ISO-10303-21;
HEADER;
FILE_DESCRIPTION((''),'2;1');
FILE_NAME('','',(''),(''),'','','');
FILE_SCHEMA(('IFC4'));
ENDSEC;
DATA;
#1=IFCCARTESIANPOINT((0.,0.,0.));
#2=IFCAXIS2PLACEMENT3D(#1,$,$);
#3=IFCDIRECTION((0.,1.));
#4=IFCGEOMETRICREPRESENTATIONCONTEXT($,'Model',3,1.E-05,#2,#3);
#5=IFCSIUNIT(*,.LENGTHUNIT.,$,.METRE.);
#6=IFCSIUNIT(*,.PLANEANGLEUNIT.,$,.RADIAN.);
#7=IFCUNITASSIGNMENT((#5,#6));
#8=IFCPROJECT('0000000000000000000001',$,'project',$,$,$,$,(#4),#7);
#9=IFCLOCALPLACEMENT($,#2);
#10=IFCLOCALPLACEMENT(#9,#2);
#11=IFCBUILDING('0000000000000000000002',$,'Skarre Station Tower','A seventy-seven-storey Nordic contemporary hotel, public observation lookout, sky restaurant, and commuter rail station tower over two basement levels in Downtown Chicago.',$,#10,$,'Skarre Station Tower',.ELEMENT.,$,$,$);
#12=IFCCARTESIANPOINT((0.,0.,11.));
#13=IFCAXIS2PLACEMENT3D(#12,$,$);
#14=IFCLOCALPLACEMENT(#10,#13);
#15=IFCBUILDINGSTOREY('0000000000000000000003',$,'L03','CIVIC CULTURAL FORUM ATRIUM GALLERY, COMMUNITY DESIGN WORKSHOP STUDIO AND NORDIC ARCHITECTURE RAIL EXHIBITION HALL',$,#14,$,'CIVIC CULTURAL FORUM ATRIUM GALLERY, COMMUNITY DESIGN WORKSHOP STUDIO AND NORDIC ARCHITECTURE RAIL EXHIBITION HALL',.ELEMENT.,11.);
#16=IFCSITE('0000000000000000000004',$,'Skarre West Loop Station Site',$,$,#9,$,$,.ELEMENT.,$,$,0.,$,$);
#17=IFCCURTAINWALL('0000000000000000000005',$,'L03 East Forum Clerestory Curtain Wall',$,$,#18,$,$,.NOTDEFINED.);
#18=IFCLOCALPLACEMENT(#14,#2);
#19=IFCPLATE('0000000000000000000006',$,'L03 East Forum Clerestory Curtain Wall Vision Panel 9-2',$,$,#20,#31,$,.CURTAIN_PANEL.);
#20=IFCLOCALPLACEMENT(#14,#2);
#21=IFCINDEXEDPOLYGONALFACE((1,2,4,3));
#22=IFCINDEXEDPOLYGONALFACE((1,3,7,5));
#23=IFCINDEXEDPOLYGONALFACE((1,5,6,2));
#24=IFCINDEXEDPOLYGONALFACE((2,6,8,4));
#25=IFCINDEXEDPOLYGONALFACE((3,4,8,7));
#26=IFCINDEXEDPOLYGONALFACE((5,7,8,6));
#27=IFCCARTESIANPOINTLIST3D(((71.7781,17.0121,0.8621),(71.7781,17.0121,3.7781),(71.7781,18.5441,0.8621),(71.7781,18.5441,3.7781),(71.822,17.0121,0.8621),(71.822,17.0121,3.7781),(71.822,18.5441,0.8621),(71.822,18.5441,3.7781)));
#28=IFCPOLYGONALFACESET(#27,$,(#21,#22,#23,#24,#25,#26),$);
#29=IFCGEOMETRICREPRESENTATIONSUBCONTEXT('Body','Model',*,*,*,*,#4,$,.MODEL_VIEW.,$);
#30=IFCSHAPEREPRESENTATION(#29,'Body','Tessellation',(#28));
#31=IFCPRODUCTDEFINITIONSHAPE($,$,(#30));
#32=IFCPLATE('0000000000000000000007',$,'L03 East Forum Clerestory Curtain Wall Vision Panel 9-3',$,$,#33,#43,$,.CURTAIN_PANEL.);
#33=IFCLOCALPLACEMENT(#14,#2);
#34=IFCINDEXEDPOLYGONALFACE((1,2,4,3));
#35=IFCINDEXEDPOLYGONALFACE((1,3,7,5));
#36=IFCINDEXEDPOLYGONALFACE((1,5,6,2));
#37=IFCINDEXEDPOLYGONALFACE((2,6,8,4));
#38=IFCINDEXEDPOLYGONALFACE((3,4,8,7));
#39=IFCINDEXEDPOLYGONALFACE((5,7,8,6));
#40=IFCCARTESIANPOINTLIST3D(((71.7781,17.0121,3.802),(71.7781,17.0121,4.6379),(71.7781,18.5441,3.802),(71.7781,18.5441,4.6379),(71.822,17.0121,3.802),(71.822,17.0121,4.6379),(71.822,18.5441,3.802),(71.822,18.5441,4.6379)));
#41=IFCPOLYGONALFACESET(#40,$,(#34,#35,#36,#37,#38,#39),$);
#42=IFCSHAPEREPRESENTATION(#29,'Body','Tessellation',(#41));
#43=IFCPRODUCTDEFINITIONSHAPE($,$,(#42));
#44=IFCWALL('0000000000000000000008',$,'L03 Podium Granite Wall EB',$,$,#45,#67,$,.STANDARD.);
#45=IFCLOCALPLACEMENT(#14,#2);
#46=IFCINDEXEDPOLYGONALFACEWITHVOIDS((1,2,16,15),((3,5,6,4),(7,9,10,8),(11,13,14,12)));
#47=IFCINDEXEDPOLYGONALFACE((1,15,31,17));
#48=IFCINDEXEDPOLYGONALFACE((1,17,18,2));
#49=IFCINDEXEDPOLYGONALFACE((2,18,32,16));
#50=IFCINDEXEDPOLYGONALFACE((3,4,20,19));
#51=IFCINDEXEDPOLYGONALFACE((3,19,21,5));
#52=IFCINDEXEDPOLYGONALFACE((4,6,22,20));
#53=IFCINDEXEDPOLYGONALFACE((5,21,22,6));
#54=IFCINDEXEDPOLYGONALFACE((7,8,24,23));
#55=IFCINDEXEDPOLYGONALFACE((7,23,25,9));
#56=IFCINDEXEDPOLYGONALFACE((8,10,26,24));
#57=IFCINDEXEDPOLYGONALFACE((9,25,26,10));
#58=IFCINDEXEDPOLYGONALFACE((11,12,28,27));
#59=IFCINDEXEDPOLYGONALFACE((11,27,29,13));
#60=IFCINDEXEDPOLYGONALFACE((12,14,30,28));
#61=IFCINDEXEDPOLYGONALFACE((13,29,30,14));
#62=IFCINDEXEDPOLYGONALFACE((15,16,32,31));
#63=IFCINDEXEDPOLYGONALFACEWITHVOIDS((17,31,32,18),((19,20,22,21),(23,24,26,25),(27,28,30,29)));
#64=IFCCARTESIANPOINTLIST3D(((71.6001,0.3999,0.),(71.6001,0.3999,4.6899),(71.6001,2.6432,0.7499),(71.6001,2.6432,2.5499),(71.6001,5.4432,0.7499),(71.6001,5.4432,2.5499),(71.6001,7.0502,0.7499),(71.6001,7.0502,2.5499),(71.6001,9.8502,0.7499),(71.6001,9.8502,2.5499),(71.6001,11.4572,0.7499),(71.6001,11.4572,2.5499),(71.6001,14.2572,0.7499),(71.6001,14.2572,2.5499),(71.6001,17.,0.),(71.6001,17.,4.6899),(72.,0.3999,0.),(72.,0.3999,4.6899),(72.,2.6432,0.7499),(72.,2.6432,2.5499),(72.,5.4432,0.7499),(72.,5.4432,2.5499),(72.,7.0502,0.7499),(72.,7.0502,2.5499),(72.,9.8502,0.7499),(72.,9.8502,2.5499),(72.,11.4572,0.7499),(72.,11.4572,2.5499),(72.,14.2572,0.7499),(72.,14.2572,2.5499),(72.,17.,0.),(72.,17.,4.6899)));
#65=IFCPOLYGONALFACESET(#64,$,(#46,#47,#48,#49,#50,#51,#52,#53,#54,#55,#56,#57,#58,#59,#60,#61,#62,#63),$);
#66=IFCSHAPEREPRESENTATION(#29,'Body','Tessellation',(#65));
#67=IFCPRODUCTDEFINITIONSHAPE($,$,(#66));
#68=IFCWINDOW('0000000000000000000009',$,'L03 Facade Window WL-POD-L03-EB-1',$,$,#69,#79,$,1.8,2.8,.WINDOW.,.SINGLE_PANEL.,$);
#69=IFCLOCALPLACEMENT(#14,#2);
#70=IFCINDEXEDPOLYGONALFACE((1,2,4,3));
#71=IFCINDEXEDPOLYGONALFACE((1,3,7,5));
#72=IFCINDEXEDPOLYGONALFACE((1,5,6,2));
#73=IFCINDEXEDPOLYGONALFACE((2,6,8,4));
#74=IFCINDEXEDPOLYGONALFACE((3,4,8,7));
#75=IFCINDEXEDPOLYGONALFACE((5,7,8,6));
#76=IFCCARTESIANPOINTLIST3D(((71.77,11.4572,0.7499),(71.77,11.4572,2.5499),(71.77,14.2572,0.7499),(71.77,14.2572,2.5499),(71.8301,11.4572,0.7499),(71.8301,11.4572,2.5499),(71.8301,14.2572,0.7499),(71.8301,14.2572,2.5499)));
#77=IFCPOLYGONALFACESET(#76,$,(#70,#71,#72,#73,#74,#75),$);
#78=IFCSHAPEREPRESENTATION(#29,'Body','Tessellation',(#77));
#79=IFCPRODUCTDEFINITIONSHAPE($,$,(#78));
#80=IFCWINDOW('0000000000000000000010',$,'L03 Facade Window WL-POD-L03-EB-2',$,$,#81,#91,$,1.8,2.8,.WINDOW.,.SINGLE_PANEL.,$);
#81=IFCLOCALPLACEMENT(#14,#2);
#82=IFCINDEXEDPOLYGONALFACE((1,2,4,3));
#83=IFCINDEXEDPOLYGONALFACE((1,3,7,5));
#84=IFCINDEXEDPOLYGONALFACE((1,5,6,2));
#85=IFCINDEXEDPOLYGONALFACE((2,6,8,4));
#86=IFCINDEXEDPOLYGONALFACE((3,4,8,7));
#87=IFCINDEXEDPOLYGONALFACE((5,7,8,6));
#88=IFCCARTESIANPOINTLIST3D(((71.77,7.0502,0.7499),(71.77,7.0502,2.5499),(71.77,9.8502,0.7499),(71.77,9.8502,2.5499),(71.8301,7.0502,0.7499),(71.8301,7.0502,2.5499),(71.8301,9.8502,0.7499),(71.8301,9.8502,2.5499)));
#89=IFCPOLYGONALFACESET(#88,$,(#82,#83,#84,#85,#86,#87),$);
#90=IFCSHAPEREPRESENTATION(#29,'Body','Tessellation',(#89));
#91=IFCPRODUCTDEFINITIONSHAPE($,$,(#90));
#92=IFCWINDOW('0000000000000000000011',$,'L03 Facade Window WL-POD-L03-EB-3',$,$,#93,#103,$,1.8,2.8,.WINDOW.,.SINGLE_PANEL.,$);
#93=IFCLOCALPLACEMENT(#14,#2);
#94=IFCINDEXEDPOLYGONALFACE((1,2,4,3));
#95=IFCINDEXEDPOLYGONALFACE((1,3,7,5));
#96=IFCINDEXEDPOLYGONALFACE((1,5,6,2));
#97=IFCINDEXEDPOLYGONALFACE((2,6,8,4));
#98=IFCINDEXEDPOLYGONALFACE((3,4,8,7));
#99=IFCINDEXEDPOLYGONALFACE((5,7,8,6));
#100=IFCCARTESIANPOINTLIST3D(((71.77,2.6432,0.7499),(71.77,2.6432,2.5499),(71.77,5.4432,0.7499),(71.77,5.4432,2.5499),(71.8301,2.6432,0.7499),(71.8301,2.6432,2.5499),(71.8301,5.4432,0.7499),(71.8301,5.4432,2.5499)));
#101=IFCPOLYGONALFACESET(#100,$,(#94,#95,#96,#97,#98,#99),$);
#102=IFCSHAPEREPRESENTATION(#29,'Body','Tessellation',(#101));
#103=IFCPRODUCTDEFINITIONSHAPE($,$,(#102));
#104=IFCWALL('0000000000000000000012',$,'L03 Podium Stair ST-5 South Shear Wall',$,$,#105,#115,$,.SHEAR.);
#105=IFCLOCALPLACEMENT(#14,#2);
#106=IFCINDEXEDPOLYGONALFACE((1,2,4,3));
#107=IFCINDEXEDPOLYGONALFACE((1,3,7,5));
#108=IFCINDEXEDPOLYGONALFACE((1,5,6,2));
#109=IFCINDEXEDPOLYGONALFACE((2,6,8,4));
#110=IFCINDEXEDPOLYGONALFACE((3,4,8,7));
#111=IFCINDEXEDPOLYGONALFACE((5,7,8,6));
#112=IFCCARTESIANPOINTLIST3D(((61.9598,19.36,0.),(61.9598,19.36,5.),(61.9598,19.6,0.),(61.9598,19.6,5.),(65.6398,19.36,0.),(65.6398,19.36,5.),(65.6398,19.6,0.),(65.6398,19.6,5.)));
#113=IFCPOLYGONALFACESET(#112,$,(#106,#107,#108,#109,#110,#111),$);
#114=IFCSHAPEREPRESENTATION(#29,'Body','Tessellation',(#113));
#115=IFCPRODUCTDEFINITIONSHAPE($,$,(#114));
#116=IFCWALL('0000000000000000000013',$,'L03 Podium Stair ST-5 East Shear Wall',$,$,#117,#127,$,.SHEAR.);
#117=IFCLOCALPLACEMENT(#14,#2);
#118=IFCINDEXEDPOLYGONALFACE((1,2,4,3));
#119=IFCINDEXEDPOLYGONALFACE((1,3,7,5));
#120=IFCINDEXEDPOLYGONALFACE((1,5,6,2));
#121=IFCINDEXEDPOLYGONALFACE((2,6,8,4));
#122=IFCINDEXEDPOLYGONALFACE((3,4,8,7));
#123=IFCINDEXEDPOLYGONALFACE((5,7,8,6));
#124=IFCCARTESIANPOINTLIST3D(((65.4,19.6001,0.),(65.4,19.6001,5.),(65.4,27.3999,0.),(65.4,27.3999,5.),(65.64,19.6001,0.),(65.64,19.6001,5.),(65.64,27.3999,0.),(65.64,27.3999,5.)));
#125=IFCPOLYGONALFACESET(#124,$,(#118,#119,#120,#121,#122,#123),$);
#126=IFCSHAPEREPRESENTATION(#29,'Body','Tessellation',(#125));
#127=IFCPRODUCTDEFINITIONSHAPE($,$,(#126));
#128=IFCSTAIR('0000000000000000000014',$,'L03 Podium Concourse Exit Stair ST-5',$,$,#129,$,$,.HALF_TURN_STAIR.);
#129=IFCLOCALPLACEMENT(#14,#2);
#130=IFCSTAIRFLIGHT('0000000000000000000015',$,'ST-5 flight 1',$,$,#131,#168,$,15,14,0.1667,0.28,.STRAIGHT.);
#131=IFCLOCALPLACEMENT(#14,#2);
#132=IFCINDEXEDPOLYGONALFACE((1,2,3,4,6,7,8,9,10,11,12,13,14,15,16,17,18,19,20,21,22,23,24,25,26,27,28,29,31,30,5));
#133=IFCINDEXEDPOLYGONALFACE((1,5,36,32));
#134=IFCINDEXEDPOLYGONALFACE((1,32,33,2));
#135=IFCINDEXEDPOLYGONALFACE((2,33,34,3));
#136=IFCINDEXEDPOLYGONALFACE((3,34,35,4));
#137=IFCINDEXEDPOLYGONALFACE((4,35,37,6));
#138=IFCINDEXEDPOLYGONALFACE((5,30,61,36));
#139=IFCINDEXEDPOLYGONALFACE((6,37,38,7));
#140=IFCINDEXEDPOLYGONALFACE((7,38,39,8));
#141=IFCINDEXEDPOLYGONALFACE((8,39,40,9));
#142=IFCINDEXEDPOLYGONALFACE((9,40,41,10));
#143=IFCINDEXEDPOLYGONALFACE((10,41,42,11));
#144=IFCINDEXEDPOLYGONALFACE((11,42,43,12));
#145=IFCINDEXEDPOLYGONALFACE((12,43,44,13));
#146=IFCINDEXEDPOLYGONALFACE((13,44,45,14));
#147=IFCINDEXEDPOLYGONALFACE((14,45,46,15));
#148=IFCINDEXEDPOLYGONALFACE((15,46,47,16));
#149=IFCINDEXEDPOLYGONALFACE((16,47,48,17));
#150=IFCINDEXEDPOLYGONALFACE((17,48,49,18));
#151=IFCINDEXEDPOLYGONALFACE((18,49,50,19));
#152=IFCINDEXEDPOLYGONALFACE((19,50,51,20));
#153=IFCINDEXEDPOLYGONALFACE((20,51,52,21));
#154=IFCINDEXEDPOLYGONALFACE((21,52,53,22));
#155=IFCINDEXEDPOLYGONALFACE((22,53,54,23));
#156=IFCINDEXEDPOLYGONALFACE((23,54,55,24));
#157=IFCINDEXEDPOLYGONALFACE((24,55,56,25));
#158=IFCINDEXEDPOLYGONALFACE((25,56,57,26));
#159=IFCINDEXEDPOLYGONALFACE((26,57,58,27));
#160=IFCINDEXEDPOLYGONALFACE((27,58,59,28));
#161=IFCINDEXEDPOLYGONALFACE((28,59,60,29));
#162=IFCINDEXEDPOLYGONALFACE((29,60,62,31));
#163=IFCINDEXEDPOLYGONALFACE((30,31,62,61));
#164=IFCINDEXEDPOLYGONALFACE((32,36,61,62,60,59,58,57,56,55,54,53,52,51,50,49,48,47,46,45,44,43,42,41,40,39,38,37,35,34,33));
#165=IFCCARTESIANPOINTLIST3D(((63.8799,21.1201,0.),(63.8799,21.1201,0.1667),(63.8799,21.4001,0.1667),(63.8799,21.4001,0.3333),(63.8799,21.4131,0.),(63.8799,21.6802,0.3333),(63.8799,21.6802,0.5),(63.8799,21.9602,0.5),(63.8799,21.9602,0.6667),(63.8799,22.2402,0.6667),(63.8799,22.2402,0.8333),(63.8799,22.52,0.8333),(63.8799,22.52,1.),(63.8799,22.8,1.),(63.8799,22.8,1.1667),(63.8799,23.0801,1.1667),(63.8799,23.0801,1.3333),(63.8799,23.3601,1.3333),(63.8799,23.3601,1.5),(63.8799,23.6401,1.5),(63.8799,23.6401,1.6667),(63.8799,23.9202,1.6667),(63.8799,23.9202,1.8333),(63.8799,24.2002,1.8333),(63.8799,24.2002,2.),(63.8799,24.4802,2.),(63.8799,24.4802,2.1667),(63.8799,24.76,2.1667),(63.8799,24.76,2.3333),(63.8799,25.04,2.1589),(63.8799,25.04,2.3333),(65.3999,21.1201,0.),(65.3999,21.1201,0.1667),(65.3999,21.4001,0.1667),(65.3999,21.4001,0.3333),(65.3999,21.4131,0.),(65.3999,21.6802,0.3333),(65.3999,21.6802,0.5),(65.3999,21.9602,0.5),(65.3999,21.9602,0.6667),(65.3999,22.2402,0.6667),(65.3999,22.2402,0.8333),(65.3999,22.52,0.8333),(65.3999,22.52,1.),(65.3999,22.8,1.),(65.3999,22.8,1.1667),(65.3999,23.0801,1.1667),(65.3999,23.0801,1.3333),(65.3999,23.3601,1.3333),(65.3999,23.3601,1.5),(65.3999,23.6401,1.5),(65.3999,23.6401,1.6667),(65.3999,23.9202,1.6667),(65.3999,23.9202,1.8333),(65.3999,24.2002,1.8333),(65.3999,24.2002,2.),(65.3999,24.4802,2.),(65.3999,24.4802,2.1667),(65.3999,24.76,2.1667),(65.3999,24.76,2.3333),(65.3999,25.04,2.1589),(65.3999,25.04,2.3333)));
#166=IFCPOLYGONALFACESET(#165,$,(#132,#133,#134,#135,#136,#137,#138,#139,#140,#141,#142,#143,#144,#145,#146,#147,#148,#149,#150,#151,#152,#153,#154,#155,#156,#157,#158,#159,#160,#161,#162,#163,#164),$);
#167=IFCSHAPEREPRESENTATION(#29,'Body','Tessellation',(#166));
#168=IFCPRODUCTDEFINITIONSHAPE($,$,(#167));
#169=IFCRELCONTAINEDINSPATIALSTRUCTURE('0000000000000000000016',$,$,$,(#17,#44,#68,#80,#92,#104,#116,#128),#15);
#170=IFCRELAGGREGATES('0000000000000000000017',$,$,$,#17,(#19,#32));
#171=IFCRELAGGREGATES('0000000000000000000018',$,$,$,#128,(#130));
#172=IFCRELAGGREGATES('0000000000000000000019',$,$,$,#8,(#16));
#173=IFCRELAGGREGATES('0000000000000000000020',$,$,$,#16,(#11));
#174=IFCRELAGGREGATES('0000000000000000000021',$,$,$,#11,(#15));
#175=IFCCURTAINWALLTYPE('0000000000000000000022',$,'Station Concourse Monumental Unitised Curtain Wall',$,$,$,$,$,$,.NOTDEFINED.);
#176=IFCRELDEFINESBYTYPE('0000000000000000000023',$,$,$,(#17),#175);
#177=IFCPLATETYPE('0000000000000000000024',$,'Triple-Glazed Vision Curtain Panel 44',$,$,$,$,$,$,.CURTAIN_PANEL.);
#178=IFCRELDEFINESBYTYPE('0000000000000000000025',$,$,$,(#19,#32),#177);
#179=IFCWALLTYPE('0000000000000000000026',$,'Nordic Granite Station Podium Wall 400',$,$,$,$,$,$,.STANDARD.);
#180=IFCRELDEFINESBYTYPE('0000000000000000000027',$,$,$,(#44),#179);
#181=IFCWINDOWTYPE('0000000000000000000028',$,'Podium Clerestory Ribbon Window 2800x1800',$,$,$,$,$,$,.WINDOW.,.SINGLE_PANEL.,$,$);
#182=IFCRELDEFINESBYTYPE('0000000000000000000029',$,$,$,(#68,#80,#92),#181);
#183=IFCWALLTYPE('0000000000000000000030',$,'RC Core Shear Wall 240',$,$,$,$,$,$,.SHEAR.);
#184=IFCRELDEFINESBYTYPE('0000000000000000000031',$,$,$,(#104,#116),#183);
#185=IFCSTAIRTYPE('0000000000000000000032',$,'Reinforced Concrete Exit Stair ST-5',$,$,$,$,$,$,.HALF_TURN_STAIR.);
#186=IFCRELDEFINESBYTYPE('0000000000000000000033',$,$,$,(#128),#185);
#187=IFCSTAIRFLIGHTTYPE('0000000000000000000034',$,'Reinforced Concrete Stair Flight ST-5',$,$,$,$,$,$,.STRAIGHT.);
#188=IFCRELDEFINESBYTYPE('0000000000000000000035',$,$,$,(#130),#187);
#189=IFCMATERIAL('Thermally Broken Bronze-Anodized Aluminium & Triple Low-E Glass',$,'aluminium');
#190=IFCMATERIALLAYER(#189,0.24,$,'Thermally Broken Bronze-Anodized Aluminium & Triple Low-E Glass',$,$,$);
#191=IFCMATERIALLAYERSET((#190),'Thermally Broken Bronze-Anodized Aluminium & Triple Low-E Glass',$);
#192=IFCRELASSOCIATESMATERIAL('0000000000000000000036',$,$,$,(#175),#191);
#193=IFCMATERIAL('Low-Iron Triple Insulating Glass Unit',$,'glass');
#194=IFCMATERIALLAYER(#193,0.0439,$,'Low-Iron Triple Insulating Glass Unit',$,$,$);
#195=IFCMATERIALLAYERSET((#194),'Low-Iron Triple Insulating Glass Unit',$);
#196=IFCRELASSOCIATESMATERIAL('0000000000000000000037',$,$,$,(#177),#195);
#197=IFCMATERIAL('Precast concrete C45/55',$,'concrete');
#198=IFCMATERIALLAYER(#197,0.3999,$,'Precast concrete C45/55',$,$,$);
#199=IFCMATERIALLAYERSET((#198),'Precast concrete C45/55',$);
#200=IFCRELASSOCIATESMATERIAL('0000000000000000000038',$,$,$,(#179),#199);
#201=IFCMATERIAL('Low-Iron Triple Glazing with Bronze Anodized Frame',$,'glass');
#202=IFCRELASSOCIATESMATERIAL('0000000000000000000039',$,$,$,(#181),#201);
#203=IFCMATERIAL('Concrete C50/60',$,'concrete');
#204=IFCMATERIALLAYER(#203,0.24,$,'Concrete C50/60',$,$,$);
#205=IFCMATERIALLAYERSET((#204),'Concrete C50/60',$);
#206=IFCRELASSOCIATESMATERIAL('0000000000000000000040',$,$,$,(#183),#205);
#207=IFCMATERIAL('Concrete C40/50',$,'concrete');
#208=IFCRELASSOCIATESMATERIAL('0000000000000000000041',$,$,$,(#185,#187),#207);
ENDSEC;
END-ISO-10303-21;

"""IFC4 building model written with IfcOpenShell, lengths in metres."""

from ifc_helpers import new_model, si_unit, direction, frame, frame_2d, origin, origin_2d, place, context, subcontext, project, spatial, polyline, rectangle, outline, extrude, material, layer, layer_set, type_object, element, fill, aggregate, save


model = new_model("IFC4")

# Units and contexts
model_context = context("Model", 3, precision=1e-05, world=origin(), true_north=direction((0.0, 1.0)))
body_context = subcontext(model_context, "Body", "Model", "MODEL_VIEW")
ifc_project = project(units=[si_unit("LENGTHUNIT", "METRE"), si_unit("PLANEANGLEUNIT", "RADIAN")], contexts=[model_context])

# Site, building, storey
site_placement = place(None, origin())
site = spatial("IfcSite", under=ifc_project, at=site_placement, Name="Skarre West Loop Station Site", CompositionType="ELEMENT", RefElevation=0.0)
building_placement = place(site_placement, origin())
building = spatial("IfcBuilding", under=site, at=building_placement, Name="Skarre Station Tower", Description="A seventy-seven-storey Nordic contemporary hotel, public observation lookout, sky restaurant, and commuter rail station tower over two basement levels in Downtown Chicago.", LongName="Skarre Station Tower", CompositionType="ELEMENT")
storey_placement = place(building_placement, frame((0.0, 0.0, 11.0)))
storey = spatial("IfcBuildingStorey", under=building, at=storey_placement, Name="L03", Description="CIVIC CULTURAL FORUM ATRIUM GALLERY, COMMUNITY DESIGN WORKSHOP STUDIO AND NORDIC ARCHITECTURE RAIL EXHIBITION HALL", LongName="CIVIC CULTURAL FORUM ATRIUM GALLERY, COMMUNITY DESIGN WORKSHOP STUDIO AND NORDIC ARCHITECTURE RAIL EXHIBITION HALL", CompositionType="ELEMENT", Elevation=11.0)

# Curtain wall, plates
ifc_material_1 = material(Name="Thermally Broken Bronze-Anodized Aluminium & Triple Low-E Glass", Category="aluminium")
ifc_layer_1 = layer(ifc_material_1, 0.24, Name="Thermally Broken Bronze-Anodized Aluminium & Triple Low-E Glass")
ifc_layer_set_1 = layer_set([ifc_layer_1], Name="Thermally Broken Bronze-Anodized Aluminium & Triple Low-E Glass")
curtain_wall_type = type_object("IfcCurtainWallType", Name="Station Concourse Monumental Unitised Curtain Wall", PredefinedType="NOTDEFINED", material=ifc_layer_set_1)
curtain_wall_placement = place(storey_placement, origin())
curtain_wall = element("IfcCurtainWall", 1, at=curtain_wall_placement, inside=storey, type_object=curtain_wall_type, Name="L03 East Forum Clerestory Curtain Wall", PredefinedType="NOTDEFINED")
ifc_material_2 = material(Name="Low-Iron Triple Insulating Glass Unit", Category="glass")
ifc_layer_2 = layer(ifc_material_2, 0.0439, Name="Low-Iron Triple Insulating Glass Unit")
ifc_layer_set_2 = layer_set([ifc_layer_2], Name="Low-Iron Triple Insulating Glass Unit")
plate_type_1 = type_object("IfcPlateType", Name="Triple-Glazed Vision Curtain Panel 44", PredefinedType="CURTAIN_PANEL", material=ifc_layer_set_2)
plate_1_placement = place(storey_placement, frame((71.8, 17.7781, 0.8621), z_axis=(0.0, 0.0, 1.0), x_axis=(0.0, -1.0, 0.0)))
plate_1 = element("IfcPlate", 2, at=plate_1_placement, type_object=plate_type_1, Name="L03 East Forum Clerestory Curtain Wall Vision Panel 9-2", PredefinedType="CURTAIN_PANEL", context=body_context, shape_type="SweptSolid", body=[
    extrude(rectangle(XDim=1.532, YDim=0.0439, at=origin_2d()), origin(), (0.0, 0.0, 1.0), 2.916),
])
plate_2_placement = place(storey_placement, frame((71.8, 17.7781, 3.802), z_axis=(0.0, 0.0, 1.0), x_axis=(0.0, -1.0, 0.0)))
plate_2 = element("IfcPlate", 3, at=plate_2_placement, type_object=plate_type_1, Name="L03 East Forum Clerestory Curtain Wall Vision Panel 9-3", PredefinedType="CURTAIN_PANEL", context=body_context, shape_type="SweptSolid", body=[
    extrude(rectangle(XDim=1.532, YDim=0.0439, at=origin_2d()), origin(), (0.0, 0.0, 1.0), 0.8359),
])
aggregate(curtain_wall, [plate_1, plate_2])

# Wall, openings, windows
ifc_material_3 = material(Name="Precast concrete C45/55", Category="concrete")
ifc_layer_3 = layer(ifc_material_3, 0.3999, Name="Precast concrete C45/55")
ifc_layer_set_3 = layer_set([ifc_layer_3], Name="Precast concrete C45/55")
wall_type_1 = type_object("IfcWallType", Name="Nordic Granite Station Podium Wall 400", PredefinedType="STANDARD", material=ifc_layer_set_3)
wall_1_placement = place(storey_placement, frame((71.8, 17.0, 0.0), z_axis=(0.0, 0.0, 1.0), x_axis=(0.0, -1.0, 0.0)))
wall_1 = element("IfcWall", 4, at=wall_1_placement, inside=storey, type_object=wall_type_1, Name="L03 Podium Granite Wall EB", PredefinedType="STANDARD", context=body_context, shape_type="SweptSolid", body=[
    extrude(rectangle(XDim=16.6001, YDim=0.3999, at=frame_2d((8.3, 0.0))), origin(), (0.0, 0.0, 1.0), 4.6899),
])
opening_1_placement = place(wall_1_placement, frame((2.7429, 0.0, 0.75)))
opening_1 = element("IfcOpeningElement", 5, at=opening_1_placement, cuts=wall_1, PredefinedType="OPENING", context=body_context, shape_type="SweptSolid", body=[
    extrude(rectangle(XDim=2.8, YDim=1.8, at=frame_2d((1.3999, 0.8999))), frame((0.0, 0.21, 0.0), z_axis=(0.0, -1.0, 0.0), x_axis=(1.0, 0.0, 0.0)), (0.0, 0.0, 1.0), 0.4199),
])
opening_2_placement = place(wall_1_placement, frame((7.1499, 0.0, 0.75)))
opening_2 = element("IfcOpeningElement", 6, at=opening_2_placement, cuts=wall_1, PredefinedType="OPENING", context=body_context, shape_type="SweptSolid", body=[
    extrude(rectangle(XDim=2.8, YDim=1.8, at=frame_2d((1.3999, 0.8999))), frame((0.0, 0.21, 0.0), z_axis=(0.0, -1.0, 0.0), x_axis=(1.0, 0.0, 0.0)), (0.0, 0.0, 1.0), 0.4199),
])
opening_3_placement = place(wall_1_placement, frame((11.5569, 0.0, 0.75)))
opening_3 = element("IfcOpeningElement", 7, at=opening_3_placement, cuts=wall_1, PredefinedType="OPENING", context=body_context, shape_type="SweptSolid", body=[
    extrude(rectangle(XDim=2.8, YDim=1.8, at=frame_2d((1.3999, 0.8999))), frame((0.0, 0.21, 0.0), z_axis=(0.0, -1.0, 0.0), x_axis=(1.0, 0.0, 0.0)), (0.0, 0.0, 1.0), 0.4199),
])
ifc_material_4 = material(Name="Low-Iron Triple Glazing with Bronze Anodized Frame", Category="glass")
window_type = type_object("IfcWindowType", Name="Podium Clerestory Ribbon Window 2800x1800", PartitioningType="SINGLE_PANEL", PredefinedType="WINDOW", material=ifc_material_4)
window_1_placement = place(opening_1_placement, origin())
window_1 = element("IfcWindow", 8, at=window_1_placement, inside=storey, type_object=window_type, Name="L03 Facade Window WL-POD-L03-EB-1", OverallHeight=1.8, OverallWidth=2.8, PartitioningType="SINGLE_PANEL", PredefinedType="WINDOW", context=body_context, shape_type="SweptSolid", body=[
    extrude(rectangle(XDim=2.8, YDim=1.8, at=frame_2d((1.3999, 0.8999))), frame((0.0, 0.03, 0.0), z_axis=(0.0, -1.0, 0.0), x_axis=(1.0, 0.0, 0.0)), (0.0, 0.0, 1.0), 0.0601),
])
fill(opening_1, window_1)
window_2_placement = place(opening_2_placement, origin())
window_2 = element("IfcWindow", 9, at=window_2_placement, inside=storey, type_object=window_type, Name="L03 Facade Window WL-POD-L03-EB-2", OverallHeight=1.8, OverallWidth=2.8, PartitioningType="SINGLE_PANEL", PredefinedType="WINDOW", context=body_context, shape_type="SweptSolid", body=[
    extrude(rectangle(XDim=2.8, YDim=1.8, at=frame_2d((1.3999, 0.8999))), frame((0.0, 0.03, 0.0), z_axis=(0.0, -1.0, 0.0), x_axis=(1.0, 0.0, 0.0)), (0.0, 0.0, 1.0), 0.0601),
])
fill(opening_2, window_2)
window_3_placement = place(opening_3_placement, origin())
window_3 = element("IfcWindow", 10, at=window_3_placement, inside=storey, type_object=window_type, Name="L03 Facade Window WL-POD-L03-EB-3", OverallHeight=1.8, OverallWidth=2.8, PartitioningType="SINGLE_PANEL", PredefinedType="WINDOW", context=body_context, shape_type="SweptSolid", body=[
    extrude(rectangle(XDim=2.8, YDim=1.8, at=frame_2d((1.3999, 0.8999))), frame((0.0, 0.03, 0.0), z_axis=(0.0, -1.0, 0.0), x_axis=(1.0, 0.0, 0.0)), (0.0, 0.0, 1.0), 0.0601),
])
fill(opening_3, window_3)

# Walls
ifc_material_5 = material(Name="Concrete C50/60", Category="concrete")
ifc_layer_4 = layer(ifc_material_5, 0.24, Name="Concrete C50/60")
ifc_layer_set_4 = layer_set([ifc_layer_4], Name="Concrete C50/60")
wall_type_2 = type_object("IfcWallType", Name="RC Core Shear Wall 240", PredefinedType="SHEAR", material=ifc_layer_set_4)
wall_2_placement = place(storey_placement, frame((61.96, 19.48, 0.0), z_axis=(0.0, 0.0, 1.0), x_axis=(1.0, 0.0, 0.0)))
element("IfcWall", 11, at=wall_2_placement, inside=storey, type_object=wall_type_2, Name="L03 Podium Stair ST-5 South Shear Wall", PredefinedType="SHEAR", context=body_context, shape_type="SweptSolid", body=[
    extrude(rectangle(XDim=3.6799, YDim=0.24, at=frame_2d((1.8398, 0.0))), origin(), (0.0, 0.0, 1.0), 5.0),
])
wall_3_placement = place(storey_placement, frame((65.52, 19.6001, 0.0), z_axis=(0.0, 0.0, 1.0), x_axis=(0.0, 1.0, 0.0)))
element("IfcWall", 12, at=wall_3_placement, inside=storey, type_object=wall_type_2, Name="L03 Podium Stair ST-5 East Shear Wall", PredefinedType="SHEAR", context=body_context, shape_type="SweptSolid", body=[
    extrude(rectangle(XDim=7.7998, YDim=0.24, at=frame_2d((3.8999, 0.0))), origin(), (0.0, 0.0, 1.0), 5.0),
])

# Stair, stair flight
ifc_material_6 = material(Name="Concrete C40/50", Category="concrete")
stair_type = type_object("IfcStairType", Name="Reinforced Concrete Exit Stair ST-5", PredefinedType="HALF_TURN_STAIR", material=ifc_material_6)
stair_placement = place(storey_placement, origin())
stair = element("IfcStair", 13, at=stair_placement, inside=storey, type_object=stair_type, Name="L03 Podium Concourse Exit Stair ST-5", PredefinedType="HALF_TURN_STAIR")
stair_flight_type = type_object("IfcStairFlightType", Name="Reinforced Concrete Stair Flight ST-5", PredefinedType="STRAIGHT", material=ifc_material_6)
stair_flight_placement = place(storey_placement, frame((64.6399, 21.1201, 0.0), z_axis=(0.0, 0.0, 1.0), x_axis=(0.0, 1.0, 0.0)))
stair_flight = element("IfcStairFlight", 14, at=stair_flight_placement, type_object=stair_flight_type, Name="ST-5 flight 1", NumberOfRisers=15, NumberOfTreads=14, PredefinedType="STRAIGHT", RiserHeight=0.1667, TreadLength=0.28, context=body_context, shape_type="SweptSolid", body=[
    extrude(outline(polyline([(0.0, 0.0), (0.0, 0.1667), (0.28, 0.1667), (0.28, 0.3333), (0.5601, 0.3333), (0.5601, 0.5), (0.8401, 0.5), (0.8401, 0.6667), (1.1201, 0.6667), (1.1201, 0.8333), (1.3999, 0.8333), (1.3999, 1.0), (1.6799, 1.0), (1.6799, 1.1667), (1.96, 1.1667), (1.96, 1.3333), (2.24, 1.3333), (2.24, 1.5), (2.52, 1.5), (2.52, 1.6667), (2.8, 1.6667), (2.8, 1.8333), (3.0801, 1.8333), (3.0801, 2.0), (3.3601, 2.0), (3.3601, 2.1667), (3.6399, 2.1667), (3.6399, 2.3333), (3.9199, 2.3333), (3.9199, 2.5), (3.9199, 2.1589), (0.293, 0.0), (0.0, 0.0)])), frame((0.0, 0.76, 0.0), z_axis=(0.0, -1.0, 0.0), x_axis=(1.0, 0.0, 0.0)), (0.0, 0.0, 1.0), 1.52),
])
aggregate(stair, [stair_flight])

save(model, "model.ifc")
